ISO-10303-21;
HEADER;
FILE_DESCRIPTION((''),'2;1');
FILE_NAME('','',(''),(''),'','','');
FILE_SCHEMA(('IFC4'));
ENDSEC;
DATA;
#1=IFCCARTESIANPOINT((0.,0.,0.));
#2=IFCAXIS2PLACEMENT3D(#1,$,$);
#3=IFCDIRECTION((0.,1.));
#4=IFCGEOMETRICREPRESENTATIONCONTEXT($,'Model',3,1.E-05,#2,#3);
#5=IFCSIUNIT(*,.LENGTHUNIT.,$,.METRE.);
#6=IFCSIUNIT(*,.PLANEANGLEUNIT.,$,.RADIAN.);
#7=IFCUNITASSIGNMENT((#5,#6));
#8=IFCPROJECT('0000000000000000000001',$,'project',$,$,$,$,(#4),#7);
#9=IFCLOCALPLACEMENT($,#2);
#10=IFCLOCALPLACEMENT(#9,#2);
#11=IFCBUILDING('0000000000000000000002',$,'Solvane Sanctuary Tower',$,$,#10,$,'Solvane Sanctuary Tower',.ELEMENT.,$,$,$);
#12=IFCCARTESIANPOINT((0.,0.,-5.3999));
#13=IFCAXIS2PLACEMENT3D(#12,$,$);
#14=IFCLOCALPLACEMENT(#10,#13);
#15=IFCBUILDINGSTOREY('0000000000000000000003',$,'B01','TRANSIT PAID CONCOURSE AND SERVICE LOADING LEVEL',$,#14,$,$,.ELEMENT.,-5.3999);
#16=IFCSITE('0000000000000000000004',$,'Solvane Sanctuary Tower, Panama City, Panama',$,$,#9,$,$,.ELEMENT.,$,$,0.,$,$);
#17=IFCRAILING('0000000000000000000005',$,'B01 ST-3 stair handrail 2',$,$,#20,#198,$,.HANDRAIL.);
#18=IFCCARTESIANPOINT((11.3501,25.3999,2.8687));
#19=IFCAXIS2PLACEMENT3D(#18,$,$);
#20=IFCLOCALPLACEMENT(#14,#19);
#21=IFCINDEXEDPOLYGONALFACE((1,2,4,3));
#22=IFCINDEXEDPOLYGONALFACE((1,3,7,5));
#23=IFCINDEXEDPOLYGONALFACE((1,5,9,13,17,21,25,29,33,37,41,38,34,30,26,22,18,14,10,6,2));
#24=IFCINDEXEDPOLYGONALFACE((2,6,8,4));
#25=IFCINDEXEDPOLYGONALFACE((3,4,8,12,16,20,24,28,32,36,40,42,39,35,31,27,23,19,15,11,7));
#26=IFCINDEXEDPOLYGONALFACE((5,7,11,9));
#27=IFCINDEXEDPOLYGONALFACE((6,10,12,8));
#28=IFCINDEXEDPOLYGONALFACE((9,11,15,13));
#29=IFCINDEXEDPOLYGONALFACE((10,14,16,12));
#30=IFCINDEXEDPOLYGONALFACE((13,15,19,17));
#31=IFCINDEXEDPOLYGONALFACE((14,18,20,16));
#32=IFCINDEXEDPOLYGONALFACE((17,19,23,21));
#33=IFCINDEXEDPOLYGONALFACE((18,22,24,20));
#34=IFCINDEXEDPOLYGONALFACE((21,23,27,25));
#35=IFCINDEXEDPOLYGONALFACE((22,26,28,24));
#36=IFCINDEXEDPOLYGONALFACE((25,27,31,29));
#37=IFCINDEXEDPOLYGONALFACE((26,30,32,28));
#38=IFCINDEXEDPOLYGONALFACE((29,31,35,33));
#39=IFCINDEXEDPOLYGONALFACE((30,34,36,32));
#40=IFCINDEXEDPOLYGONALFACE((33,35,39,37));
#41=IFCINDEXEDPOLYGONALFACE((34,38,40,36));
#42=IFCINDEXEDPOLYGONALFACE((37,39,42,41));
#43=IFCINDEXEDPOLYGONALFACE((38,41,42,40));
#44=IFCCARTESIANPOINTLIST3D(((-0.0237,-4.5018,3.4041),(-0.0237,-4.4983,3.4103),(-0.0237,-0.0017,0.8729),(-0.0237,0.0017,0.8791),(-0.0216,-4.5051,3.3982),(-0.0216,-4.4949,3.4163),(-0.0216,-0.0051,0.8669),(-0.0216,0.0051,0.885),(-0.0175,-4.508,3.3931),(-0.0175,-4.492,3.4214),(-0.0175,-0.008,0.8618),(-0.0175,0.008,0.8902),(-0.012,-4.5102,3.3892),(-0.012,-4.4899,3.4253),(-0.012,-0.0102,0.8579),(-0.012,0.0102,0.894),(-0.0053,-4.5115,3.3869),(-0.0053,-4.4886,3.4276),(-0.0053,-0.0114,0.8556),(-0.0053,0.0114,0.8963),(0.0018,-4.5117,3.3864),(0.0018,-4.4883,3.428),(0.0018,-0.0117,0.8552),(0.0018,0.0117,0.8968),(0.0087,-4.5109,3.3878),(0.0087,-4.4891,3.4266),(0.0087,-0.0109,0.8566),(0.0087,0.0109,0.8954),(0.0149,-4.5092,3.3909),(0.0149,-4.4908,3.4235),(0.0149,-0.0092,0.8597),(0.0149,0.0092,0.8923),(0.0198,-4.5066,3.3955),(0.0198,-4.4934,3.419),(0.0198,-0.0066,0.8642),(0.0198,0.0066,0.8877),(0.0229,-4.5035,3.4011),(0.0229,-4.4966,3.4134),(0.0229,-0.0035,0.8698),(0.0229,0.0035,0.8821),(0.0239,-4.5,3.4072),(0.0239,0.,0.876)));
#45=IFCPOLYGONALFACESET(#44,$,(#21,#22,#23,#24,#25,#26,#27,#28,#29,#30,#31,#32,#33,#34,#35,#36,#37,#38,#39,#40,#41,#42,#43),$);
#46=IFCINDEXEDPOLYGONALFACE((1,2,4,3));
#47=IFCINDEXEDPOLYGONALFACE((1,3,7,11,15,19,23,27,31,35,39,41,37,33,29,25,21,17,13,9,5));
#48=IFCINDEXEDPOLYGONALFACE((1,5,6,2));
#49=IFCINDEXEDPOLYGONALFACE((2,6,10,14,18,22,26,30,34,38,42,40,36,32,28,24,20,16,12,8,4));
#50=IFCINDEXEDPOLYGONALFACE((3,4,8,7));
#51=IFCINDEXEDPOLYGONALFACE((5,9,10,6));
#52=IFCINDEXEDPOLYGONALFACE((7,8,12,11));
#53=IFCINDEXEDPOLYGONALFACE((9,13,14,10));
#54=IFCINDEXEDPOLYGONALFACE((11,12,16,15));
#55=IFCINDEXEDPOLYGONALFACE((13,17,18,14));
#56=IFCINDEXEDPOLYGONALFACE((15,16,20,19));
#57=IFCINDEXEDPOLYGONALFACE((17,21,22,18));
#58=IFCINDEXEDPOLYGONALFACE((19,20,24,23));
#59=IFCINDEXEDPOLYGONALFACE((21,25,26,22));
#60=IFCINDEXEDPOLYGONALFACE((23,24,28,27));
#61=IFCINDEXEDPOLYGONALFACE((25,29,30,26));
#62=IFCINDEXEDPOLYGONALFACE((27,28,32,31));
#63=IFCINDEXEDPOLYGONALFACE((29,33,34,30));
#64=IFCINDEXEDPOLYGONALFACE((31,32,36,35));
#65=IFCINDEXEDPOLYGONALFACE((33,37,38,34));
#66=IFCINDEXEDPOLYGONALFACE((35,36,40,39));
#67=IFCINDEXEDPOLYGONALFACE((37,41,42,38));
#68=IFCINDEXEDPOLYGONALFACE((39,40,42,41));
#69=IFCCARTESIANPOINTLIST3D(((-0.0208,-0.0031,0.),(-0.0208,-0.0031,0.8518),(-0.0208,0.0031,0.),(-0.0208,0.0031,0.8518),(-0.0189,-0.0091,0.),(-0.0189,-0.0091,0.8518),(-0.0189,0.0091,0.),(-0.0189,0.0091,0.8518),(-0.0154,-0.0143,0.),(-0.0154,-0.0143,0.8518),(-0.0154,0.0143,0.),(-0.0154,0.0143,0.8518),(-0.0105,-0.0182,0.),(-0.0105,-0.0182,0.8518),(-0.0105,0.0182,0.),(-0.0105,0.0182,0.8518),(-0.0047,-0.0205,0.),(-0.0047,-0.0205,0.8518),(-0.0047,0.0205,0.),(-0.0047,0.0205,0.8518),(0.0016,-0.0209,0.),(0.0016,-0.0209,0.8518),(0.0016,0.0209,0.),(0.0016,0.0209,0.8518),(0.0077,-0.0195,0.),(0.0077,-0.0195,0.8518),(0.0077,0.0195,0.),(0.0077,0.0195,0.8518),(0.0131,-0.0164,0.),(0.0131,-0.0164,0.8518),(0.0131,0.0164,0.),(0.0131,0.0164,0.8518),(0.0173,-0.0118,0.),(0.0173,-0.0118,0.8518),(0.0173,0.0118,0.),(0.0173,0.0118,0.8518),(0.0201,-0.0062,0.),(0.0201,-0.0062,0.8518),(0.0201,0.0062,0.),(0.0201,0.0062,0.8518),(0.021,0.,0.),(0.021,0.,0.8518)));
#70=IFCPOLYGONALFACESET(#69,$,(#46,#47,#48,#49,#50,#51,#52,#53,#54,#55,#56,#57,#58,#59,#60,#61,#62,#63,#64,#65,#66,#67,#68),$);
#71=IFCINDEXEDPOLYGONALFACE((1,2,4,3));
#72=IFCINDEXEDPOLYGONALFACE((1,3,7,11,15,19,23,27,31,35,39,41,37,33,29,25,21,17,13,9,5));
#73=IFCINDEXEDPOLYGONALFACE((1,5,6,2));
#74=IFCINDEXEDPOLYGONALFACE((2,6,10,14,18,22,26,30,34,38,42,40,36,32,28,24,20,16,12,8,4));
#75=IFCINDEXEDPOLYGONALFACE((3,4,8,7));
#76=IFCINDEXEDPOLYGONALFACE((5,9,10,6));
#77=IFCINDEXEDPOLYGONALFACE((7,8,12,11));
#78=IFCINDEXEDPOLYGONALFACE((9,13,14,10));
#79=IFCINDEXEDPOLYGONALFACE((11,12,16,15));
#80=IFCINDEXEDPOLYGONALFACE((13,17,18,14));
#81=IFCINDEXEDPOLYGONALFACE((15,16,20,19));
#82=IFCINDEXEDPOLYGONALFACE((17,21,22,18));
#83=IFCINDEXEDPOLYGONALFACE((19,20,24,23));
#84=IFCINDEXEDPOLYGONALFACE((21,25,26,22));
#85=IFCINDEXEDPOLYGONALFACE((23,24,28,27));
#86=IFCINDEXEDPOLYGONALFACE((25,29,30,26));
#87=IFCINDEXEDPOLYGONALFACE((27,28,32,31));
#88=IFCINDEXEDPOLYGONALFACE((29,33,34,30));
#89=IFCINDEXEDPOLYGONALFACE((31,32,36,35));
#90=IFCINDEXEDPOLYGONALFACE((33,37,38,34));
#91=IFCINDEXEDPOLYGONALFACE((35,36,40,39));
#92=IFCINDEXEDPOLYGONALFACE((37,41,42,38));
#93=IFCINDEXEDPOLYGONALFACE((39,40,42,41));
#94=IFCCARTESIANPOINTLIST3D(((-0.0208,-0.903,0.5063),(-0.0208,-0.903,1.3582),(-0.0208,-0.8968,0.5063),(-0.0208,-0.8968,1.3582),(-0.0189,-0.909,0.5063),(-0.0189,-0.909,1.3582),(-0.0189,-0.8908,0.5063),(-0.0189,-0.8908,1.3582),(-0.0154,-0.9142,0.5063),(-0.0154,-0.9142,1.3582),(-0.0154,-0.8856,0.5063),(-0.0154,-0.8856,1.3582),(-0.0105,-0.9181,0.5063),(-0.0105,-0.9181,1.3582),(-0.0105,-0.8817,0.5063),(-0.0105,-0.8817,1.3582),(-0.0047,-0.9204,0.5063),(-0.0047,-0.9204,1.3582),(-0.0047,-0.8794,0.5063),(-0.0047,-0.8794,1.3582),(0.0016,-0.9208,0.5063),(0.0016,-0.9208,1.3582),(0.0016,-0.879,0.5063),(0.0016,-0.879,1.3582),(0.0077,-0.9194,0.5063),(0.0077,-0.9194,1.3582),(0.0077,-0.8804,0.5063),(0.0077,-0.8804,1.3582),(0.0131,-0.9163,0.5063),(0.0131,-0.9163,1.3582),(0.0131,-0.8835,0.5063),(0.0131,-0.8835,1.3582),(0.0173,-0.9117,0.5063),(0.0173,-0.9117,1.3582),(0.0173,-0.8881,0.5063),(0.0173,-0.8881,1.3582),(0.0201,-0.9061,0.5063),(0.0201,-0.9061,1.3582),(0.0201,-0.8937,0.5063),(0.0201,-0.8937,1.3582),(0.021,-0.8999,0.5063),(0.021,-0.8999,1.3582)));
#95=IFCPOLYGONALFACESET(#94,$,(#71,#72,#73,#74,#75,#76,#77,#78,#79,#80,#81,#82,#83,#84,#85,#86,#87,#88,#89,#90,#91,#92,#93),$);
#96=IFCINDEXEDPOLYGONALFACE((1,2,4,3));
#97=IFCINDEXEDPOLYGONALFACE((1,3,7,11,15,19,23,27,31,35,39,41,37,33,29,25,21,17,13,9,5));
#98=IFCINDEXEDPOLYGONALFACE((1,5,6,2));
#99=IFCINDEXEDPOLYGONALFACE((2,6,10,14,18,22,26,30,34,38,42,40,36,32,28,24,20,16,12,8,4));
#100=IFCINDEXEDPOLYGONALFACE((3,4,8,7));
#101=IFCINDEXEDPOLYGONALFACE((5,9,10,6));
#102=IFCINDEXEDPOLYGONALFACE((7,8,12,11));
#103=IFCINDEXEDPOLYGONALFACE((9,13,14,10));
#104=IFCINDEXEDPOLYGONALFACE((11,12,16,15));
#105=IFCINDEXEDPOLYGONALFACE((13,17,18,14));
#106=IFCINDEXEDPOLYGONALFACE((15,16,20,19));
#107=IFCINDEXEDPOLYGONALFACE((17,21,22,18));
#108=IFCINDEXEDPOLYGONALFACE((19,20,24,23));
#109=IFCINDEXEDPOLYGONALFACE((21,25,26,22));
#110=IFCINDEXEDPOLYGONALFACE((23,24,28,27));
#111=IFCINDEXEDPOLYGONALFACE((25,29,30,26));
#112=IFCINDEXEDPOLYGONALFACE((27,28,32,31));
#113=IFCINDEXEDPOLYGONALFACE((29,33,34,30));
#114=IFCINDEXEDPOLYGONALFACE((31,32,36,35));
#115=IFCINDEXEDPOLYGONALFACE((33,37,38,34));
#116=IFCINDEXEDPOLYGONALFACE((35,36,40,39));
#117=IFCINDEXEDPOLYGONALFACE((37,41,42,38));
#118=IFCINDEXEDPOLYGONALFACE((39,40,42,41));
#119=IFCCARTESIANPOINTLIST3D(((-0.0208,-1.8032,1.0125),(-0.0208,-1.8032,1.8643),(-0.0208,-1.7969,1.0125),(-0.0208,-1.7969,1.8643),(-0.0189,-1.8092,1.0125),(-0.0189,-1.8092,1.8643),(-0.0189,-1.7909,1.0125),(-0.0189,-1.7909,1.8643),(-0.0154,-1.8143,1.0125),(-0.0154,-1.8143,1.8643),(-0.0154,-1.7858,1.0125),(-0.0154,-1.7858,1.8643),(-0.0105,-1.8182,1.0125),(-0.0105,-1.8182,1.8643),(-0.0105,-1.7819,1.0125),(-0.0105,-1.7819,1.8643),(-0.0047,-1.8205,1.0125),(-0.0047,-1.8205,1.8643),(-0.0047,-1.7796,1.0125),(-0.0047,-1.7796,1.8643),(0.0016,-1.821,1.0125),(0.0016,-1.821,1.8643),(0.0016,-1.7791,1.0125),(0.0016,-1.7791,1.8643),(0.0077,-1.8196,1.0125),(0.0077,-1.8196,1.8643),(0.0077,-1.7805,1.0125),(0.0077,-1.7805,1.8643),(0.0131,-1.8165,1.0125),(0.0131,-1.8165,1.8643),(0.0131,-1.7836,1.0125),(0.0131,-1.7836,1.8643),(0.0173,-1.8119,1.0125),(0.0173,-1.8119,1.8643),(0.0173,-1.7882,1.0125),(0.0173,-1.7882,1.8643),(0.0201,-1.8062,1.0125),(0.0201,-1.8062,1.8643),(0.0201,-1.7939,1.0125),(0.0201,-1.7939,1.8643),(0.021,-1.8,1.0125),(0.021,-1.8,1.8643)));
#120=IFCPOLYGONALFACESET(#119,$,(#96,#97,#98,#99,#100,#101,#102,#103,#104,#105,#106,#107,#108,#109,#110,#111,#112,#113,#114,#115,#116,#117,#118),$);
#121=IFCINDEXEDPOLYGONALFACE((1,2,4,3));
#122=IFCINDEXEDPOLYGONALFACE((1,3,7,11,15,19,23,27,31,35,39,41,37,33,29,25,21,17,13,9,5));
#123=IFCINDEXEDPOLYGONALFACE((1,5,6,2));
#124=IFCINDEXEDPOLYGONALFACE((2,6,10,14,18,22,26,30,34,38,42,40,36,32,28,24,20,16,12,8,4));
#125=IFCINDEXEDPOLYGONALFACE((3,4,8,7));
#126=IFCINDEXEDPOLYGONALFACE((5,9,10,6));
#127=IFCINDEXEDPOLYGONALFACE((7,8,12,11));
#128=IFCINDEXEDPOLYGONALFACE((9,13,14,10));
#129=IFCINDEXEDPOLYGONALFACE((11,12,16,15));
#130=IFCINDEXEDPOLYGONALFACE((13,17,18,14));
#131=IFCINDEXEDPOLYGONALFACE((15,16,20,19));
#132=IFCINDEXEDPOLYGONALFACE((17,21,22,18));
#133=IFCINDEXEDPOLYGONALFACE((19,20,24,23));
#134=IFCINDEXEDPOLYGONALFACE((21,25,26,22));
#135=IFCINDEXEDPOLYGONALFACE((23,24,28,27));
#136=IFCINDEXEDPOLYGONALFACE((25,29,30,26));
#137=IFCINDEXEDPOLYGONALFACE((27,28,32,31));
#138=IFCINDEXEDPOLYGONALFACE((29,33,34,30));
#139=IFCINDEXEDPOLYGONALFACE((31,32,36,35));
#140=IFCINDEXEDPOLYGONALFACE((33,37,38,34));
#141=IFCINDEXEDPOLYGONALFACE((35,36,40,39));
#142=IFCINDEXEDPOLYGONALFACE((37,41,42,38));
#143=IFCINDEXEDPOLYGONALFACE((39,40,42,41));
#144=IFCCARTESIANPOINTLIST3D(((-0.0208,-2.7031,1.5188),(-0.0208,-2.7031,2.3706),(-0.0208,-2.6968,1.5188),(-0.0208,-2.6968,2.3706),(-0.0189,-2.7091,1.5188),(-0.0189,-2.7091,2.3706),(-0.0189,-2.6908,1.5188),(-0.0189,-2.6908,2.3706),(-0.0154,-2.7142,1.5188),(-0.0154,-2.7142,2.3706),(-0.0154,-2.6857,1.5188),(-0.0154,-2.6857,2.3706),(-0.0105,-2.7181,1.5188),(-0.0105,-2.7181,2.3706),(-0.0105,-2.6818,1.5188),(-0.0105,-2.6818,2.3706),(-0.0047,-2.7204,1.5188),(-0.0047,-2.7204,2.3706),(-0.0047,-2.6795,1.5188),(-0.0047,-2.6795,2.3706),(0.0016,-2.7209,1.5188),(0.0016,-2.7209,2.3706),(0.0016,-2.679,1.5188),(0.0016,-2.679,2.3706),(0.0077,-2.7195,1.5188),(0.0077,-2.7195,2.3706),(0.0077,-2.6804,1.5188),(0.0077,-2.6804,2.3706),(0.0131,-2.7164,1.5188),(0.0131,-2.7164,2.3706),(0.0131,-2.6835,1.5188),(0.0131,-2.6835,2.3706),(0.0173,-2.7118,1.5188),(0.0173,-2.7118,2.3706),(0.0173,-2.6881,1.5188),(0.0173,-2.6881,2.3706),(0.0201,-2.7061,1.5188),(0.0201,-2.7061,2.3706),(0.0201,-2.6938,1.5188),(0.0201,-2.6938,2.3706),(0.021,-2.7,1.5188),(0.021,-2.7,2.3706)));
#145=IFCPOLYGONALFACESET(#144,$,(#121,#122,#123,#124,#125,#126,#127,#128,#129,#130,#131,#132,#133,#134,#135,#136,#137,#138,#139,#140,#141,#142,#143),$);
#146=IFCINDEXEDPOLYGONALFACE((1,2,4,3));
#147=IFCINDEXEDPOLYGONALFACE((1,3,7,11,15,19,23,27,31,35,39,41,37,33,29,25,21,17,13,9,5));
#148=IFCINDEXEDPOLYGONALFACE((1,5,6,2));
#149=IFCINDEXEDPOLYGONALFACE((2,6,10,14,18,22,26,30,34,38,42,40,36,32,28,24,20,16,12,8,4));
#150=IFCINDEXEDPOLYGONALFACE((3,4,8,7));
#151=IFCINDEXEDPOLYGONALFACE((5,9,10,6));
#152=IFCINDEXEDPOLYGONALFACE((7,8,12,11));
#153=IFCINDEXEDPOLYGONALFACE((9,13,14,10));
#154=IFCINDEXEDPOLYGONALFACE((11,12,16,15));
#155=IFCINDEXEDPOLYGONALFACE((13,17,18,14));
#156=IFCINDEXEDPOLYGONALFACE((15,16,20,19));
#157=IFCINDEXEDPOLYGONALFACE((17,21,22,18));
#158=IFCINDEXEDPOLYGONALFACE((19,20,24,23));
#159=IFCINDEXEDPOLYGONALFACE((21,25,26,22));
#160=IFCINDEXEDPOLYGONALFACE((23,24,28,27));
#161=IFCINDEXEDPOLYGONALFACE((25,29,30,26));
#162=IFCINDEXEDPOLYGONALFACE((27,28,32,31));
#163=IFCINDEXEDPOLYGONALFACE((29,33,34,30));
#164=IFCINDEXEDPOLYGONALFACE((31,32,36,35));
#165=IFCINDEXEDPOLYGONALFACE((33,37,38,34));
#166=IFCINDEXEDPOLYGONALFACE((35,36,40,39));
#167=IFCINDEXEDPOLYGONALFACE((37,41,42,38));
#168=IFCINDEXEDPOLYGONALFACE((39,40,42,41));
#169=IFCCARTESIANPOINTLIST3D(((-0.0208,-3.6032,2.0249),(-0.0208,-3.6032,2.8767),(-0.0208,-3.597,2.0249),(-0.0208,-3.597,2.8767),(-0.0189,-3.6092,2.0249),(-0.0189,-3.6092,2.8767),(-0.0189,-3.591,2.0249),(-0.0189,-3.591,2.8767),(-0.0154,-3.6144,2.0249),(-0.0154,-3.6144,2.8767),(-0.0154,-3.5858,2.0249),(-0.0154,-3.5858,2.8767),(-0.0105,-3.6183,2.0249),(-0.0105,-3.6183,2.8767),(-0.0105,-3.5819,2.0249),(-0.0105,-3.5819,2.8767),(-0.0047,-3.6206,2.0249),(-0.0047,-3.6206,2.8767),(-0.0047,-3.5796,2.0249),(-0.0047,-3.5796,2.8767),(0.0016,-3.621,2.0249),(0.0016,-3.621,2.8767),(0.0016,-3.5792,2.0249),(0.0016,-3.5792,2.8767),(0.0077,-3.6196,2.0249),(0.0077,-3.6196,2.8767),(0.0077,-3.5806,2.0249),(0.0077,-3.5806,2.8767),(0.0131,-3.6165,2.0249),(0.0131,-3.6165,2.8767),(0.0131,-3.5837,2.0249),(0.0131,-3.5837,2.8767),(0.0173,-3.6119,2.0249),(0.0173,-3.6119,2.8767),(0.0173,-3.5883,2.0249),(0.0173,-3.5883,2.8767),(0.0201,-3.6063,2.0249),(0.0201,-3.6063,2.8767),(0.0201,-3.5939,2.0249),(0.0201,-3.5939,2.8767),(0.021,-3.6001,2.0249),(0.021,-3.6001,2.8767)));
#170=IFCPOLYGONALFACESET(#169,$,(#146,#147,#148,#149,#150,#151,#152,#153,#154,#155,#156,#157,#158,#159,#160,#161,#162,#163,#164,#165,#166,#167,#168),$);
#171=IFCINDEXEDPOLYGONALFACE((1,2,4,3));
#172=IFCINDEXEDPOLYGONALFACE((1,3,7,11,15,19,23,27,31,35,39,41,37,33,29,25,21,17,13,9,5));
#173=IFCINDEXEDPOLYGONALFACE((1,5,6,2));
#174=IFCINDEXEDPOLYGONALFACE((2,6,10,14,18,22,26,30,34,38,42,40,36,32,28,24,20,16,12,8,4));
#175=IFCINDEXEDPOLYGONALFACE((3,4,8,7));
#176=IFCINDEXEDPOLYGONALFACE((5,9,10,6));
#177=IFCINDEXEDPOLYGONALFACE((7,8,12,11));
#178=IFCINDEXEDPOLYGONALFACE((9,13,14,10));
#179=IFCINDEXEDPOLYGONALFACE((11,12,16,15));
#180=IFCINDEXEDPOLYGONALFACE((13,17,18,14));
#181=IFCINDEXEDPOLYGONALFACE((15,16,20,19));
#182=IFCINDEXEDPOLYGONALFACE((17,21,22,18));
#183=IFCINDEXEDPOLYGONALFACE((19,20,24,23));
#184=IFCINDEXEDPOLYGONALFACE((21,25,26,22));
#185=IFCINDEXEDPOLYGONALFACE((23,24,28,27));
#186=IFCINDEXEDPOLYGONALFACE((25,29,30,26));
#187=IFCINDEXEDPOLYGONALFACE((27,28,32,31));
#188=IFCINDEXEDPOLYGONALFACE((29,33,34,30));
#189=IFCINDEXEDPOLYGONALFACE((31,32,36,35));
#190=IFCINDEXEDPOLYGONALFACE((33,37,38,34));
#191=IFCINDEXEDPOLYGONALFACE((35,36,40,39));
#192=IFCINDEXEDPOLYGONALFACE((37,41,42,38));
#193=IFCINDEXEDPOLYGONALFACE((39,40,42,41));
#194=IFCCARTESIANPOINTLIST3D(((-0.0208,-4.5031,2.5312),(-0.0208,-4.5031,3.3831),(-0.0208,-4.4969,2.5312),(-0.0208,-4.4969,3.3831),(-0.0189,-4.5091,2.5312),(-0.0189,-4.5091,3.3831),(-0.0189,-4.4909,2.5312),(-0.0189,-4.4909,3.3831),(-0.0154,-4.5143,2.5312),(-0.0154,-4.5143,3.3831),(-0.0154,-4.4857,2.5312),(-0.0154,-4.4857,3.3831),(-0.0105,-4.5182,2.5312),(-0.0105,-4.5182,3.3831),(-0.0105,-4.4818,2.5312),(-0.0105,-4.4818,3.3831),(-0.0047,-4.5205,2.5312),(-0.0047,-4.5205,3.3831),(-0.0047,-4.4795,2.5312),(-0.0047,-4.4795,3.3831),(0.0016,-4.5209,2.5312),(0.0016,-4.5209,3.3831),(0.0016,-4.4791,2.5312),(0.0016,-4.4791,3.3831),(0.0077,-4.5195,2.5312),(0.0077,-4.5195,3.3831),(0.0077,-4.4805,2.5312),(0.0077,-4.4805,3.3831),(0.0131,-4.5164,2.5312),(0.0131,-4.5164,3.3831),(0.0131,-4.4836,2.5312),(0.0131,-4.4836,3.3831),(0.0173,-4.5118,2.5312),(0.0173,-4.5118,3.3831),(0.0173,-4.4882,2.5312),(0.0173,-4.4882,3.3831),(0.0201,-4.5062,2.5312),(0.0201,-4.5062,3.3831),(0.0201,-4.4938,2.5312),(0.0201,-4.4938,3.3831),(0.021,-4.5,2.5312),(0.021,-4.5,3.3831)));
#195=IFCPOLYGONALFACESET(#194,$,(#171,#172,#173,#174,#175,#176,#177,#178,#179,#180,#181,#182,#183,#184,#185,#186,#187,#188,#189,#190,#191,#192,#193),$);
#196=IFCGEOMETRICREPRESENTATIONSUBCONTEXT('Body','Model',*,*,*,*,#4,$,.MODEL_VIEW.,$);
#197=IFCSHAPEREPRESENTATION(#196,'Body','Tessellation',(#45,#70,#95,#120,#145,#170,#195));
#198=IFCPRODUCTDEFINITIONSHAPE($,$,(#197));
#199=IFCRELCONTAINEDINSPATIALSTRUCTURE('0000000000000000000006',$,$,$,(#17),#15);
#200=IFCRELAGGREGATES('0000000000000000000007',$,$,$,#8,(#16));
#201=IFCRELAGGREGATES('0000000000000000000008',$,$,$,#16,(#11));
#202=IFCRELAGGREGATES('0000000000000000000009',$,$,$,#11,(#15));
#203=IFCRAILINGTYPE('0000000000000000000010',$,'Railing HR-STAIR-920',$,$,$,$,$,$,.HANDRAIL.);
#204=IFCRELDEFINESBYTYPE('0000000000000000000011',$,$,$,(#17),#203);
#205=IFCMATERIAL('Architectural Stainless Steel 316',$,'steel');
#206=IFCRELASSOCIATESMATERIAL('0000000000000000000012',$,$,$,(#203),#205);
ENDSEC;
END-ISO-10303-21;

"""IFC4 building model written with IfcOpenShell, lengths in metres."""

from ifc_helpers import new_model, si_unit, direction, frame, origin, origin_2d, place, context, subcontext, project, spatial, circle, extrude, material, type_object, element, save


model = new_model("IFC4")

# Units and contexts
model_context = context("Model", 3, precision=1e-05, world=origin(), true_north=direction((0.0, 1.0)))
body_context = subcontext(model_context, "Body", "Model", "MODEL_VIEW")
ifc_project = project(units=[si_unit("LENGTHUNIT", "METRE"), si_unit("PLANEANGLEUNIT", "RADIAN")], contexts=[model_context])

# Site, building, storey
site_placement = place(None, origin())
site = spatial("IfcSite", under=ifc_project, at=site_placement, Name="Solvane Sanctuary Tower, Panama City, Panama", CompositionType="ELEMENT", RefElevation=0.0)
building_placement = place(site_placement, origin())
building = spatial("IfcBuilding", under=site, at=building_placement, Name="Solvane Sanctuary Tower", LongName="Solvane Sanctuary Tower", CompositionType="ELEMENT")
storey_placement = place(building_placement, frame((0.0, 0.0, -5.3999)))
storey = spatial("IfcBuildingStorey", under=building, at=storey_placement, Name="B01", Description="TRANSIT PAID CONCOURSE AND SERVICE LOADING LEVEL", CompositionType="ELEMENT", Elevation=-5.3999)

# Shared definitions
ifc_material_1 = material(Name="Architectural Stainless Steel 316", Category="steel")

# Railing
railing_type_1 = type_object("IfcRailingType", Name="Railing HR-STAIR-920", PredefinedType="HANDRAIL", material=ifc_material_1)
railing_1_placement = place(storey_placement, frame((11.3501, 25.3999, 2.8687)))
element("IfcRailing", 1, at=railing_1_placement, inside=storey, type_object=railing_type_1, Name="B01 ST-3 stair handrail 2", PredefinedType="HANDRAIL", context=body_context, shape_type="SweptSolid", body=[
    extrude(circle(Radius=0.0239, at=origin_2d()), frame((0.0, 0.0, 0.876), z_axis=(0.0, -0.871576, 0.490261), x_axis=(1.0, 0.0, 0.0)), (0.0, 0.0, 1.0), 5.1631),
    extrude(circle(Radius=0.021, at=origin_2d()), origin(), (0.0, 0.0, 1.0), 0.8518),
    extrude(circle(Radius=0.021, at=origin_2d()), frame((0.0, -0.8999, 0.5063)), (0.0, 0.0, 1.0), 0.8518),
    extrude(circle(Radius=0.021, at=origin_2d()), frame((0.0, -1.8, 1.0125)), (0.0, 0.0, 1.0), 0.8518),
    extrude(circle(Radius=0.021, at=origin_2d()), frame((0.0, -2.7, 1.5188)), (0.0, 0.0, 1.0), 0.8518),
    extrude(circle(Radius=0.021, at=origin_2d()), frame((0.0, -3.6001, 2.0249)), (0.0, 0.0, 1.0), 0.8518),
    extrude(circle(Radius=0.021, at=origin_2d()), frame((0.0, -4.5, 2.5312)), (0.0, 0.0, 1.0), 0.8518),
])

save(model, "model.ifc")
